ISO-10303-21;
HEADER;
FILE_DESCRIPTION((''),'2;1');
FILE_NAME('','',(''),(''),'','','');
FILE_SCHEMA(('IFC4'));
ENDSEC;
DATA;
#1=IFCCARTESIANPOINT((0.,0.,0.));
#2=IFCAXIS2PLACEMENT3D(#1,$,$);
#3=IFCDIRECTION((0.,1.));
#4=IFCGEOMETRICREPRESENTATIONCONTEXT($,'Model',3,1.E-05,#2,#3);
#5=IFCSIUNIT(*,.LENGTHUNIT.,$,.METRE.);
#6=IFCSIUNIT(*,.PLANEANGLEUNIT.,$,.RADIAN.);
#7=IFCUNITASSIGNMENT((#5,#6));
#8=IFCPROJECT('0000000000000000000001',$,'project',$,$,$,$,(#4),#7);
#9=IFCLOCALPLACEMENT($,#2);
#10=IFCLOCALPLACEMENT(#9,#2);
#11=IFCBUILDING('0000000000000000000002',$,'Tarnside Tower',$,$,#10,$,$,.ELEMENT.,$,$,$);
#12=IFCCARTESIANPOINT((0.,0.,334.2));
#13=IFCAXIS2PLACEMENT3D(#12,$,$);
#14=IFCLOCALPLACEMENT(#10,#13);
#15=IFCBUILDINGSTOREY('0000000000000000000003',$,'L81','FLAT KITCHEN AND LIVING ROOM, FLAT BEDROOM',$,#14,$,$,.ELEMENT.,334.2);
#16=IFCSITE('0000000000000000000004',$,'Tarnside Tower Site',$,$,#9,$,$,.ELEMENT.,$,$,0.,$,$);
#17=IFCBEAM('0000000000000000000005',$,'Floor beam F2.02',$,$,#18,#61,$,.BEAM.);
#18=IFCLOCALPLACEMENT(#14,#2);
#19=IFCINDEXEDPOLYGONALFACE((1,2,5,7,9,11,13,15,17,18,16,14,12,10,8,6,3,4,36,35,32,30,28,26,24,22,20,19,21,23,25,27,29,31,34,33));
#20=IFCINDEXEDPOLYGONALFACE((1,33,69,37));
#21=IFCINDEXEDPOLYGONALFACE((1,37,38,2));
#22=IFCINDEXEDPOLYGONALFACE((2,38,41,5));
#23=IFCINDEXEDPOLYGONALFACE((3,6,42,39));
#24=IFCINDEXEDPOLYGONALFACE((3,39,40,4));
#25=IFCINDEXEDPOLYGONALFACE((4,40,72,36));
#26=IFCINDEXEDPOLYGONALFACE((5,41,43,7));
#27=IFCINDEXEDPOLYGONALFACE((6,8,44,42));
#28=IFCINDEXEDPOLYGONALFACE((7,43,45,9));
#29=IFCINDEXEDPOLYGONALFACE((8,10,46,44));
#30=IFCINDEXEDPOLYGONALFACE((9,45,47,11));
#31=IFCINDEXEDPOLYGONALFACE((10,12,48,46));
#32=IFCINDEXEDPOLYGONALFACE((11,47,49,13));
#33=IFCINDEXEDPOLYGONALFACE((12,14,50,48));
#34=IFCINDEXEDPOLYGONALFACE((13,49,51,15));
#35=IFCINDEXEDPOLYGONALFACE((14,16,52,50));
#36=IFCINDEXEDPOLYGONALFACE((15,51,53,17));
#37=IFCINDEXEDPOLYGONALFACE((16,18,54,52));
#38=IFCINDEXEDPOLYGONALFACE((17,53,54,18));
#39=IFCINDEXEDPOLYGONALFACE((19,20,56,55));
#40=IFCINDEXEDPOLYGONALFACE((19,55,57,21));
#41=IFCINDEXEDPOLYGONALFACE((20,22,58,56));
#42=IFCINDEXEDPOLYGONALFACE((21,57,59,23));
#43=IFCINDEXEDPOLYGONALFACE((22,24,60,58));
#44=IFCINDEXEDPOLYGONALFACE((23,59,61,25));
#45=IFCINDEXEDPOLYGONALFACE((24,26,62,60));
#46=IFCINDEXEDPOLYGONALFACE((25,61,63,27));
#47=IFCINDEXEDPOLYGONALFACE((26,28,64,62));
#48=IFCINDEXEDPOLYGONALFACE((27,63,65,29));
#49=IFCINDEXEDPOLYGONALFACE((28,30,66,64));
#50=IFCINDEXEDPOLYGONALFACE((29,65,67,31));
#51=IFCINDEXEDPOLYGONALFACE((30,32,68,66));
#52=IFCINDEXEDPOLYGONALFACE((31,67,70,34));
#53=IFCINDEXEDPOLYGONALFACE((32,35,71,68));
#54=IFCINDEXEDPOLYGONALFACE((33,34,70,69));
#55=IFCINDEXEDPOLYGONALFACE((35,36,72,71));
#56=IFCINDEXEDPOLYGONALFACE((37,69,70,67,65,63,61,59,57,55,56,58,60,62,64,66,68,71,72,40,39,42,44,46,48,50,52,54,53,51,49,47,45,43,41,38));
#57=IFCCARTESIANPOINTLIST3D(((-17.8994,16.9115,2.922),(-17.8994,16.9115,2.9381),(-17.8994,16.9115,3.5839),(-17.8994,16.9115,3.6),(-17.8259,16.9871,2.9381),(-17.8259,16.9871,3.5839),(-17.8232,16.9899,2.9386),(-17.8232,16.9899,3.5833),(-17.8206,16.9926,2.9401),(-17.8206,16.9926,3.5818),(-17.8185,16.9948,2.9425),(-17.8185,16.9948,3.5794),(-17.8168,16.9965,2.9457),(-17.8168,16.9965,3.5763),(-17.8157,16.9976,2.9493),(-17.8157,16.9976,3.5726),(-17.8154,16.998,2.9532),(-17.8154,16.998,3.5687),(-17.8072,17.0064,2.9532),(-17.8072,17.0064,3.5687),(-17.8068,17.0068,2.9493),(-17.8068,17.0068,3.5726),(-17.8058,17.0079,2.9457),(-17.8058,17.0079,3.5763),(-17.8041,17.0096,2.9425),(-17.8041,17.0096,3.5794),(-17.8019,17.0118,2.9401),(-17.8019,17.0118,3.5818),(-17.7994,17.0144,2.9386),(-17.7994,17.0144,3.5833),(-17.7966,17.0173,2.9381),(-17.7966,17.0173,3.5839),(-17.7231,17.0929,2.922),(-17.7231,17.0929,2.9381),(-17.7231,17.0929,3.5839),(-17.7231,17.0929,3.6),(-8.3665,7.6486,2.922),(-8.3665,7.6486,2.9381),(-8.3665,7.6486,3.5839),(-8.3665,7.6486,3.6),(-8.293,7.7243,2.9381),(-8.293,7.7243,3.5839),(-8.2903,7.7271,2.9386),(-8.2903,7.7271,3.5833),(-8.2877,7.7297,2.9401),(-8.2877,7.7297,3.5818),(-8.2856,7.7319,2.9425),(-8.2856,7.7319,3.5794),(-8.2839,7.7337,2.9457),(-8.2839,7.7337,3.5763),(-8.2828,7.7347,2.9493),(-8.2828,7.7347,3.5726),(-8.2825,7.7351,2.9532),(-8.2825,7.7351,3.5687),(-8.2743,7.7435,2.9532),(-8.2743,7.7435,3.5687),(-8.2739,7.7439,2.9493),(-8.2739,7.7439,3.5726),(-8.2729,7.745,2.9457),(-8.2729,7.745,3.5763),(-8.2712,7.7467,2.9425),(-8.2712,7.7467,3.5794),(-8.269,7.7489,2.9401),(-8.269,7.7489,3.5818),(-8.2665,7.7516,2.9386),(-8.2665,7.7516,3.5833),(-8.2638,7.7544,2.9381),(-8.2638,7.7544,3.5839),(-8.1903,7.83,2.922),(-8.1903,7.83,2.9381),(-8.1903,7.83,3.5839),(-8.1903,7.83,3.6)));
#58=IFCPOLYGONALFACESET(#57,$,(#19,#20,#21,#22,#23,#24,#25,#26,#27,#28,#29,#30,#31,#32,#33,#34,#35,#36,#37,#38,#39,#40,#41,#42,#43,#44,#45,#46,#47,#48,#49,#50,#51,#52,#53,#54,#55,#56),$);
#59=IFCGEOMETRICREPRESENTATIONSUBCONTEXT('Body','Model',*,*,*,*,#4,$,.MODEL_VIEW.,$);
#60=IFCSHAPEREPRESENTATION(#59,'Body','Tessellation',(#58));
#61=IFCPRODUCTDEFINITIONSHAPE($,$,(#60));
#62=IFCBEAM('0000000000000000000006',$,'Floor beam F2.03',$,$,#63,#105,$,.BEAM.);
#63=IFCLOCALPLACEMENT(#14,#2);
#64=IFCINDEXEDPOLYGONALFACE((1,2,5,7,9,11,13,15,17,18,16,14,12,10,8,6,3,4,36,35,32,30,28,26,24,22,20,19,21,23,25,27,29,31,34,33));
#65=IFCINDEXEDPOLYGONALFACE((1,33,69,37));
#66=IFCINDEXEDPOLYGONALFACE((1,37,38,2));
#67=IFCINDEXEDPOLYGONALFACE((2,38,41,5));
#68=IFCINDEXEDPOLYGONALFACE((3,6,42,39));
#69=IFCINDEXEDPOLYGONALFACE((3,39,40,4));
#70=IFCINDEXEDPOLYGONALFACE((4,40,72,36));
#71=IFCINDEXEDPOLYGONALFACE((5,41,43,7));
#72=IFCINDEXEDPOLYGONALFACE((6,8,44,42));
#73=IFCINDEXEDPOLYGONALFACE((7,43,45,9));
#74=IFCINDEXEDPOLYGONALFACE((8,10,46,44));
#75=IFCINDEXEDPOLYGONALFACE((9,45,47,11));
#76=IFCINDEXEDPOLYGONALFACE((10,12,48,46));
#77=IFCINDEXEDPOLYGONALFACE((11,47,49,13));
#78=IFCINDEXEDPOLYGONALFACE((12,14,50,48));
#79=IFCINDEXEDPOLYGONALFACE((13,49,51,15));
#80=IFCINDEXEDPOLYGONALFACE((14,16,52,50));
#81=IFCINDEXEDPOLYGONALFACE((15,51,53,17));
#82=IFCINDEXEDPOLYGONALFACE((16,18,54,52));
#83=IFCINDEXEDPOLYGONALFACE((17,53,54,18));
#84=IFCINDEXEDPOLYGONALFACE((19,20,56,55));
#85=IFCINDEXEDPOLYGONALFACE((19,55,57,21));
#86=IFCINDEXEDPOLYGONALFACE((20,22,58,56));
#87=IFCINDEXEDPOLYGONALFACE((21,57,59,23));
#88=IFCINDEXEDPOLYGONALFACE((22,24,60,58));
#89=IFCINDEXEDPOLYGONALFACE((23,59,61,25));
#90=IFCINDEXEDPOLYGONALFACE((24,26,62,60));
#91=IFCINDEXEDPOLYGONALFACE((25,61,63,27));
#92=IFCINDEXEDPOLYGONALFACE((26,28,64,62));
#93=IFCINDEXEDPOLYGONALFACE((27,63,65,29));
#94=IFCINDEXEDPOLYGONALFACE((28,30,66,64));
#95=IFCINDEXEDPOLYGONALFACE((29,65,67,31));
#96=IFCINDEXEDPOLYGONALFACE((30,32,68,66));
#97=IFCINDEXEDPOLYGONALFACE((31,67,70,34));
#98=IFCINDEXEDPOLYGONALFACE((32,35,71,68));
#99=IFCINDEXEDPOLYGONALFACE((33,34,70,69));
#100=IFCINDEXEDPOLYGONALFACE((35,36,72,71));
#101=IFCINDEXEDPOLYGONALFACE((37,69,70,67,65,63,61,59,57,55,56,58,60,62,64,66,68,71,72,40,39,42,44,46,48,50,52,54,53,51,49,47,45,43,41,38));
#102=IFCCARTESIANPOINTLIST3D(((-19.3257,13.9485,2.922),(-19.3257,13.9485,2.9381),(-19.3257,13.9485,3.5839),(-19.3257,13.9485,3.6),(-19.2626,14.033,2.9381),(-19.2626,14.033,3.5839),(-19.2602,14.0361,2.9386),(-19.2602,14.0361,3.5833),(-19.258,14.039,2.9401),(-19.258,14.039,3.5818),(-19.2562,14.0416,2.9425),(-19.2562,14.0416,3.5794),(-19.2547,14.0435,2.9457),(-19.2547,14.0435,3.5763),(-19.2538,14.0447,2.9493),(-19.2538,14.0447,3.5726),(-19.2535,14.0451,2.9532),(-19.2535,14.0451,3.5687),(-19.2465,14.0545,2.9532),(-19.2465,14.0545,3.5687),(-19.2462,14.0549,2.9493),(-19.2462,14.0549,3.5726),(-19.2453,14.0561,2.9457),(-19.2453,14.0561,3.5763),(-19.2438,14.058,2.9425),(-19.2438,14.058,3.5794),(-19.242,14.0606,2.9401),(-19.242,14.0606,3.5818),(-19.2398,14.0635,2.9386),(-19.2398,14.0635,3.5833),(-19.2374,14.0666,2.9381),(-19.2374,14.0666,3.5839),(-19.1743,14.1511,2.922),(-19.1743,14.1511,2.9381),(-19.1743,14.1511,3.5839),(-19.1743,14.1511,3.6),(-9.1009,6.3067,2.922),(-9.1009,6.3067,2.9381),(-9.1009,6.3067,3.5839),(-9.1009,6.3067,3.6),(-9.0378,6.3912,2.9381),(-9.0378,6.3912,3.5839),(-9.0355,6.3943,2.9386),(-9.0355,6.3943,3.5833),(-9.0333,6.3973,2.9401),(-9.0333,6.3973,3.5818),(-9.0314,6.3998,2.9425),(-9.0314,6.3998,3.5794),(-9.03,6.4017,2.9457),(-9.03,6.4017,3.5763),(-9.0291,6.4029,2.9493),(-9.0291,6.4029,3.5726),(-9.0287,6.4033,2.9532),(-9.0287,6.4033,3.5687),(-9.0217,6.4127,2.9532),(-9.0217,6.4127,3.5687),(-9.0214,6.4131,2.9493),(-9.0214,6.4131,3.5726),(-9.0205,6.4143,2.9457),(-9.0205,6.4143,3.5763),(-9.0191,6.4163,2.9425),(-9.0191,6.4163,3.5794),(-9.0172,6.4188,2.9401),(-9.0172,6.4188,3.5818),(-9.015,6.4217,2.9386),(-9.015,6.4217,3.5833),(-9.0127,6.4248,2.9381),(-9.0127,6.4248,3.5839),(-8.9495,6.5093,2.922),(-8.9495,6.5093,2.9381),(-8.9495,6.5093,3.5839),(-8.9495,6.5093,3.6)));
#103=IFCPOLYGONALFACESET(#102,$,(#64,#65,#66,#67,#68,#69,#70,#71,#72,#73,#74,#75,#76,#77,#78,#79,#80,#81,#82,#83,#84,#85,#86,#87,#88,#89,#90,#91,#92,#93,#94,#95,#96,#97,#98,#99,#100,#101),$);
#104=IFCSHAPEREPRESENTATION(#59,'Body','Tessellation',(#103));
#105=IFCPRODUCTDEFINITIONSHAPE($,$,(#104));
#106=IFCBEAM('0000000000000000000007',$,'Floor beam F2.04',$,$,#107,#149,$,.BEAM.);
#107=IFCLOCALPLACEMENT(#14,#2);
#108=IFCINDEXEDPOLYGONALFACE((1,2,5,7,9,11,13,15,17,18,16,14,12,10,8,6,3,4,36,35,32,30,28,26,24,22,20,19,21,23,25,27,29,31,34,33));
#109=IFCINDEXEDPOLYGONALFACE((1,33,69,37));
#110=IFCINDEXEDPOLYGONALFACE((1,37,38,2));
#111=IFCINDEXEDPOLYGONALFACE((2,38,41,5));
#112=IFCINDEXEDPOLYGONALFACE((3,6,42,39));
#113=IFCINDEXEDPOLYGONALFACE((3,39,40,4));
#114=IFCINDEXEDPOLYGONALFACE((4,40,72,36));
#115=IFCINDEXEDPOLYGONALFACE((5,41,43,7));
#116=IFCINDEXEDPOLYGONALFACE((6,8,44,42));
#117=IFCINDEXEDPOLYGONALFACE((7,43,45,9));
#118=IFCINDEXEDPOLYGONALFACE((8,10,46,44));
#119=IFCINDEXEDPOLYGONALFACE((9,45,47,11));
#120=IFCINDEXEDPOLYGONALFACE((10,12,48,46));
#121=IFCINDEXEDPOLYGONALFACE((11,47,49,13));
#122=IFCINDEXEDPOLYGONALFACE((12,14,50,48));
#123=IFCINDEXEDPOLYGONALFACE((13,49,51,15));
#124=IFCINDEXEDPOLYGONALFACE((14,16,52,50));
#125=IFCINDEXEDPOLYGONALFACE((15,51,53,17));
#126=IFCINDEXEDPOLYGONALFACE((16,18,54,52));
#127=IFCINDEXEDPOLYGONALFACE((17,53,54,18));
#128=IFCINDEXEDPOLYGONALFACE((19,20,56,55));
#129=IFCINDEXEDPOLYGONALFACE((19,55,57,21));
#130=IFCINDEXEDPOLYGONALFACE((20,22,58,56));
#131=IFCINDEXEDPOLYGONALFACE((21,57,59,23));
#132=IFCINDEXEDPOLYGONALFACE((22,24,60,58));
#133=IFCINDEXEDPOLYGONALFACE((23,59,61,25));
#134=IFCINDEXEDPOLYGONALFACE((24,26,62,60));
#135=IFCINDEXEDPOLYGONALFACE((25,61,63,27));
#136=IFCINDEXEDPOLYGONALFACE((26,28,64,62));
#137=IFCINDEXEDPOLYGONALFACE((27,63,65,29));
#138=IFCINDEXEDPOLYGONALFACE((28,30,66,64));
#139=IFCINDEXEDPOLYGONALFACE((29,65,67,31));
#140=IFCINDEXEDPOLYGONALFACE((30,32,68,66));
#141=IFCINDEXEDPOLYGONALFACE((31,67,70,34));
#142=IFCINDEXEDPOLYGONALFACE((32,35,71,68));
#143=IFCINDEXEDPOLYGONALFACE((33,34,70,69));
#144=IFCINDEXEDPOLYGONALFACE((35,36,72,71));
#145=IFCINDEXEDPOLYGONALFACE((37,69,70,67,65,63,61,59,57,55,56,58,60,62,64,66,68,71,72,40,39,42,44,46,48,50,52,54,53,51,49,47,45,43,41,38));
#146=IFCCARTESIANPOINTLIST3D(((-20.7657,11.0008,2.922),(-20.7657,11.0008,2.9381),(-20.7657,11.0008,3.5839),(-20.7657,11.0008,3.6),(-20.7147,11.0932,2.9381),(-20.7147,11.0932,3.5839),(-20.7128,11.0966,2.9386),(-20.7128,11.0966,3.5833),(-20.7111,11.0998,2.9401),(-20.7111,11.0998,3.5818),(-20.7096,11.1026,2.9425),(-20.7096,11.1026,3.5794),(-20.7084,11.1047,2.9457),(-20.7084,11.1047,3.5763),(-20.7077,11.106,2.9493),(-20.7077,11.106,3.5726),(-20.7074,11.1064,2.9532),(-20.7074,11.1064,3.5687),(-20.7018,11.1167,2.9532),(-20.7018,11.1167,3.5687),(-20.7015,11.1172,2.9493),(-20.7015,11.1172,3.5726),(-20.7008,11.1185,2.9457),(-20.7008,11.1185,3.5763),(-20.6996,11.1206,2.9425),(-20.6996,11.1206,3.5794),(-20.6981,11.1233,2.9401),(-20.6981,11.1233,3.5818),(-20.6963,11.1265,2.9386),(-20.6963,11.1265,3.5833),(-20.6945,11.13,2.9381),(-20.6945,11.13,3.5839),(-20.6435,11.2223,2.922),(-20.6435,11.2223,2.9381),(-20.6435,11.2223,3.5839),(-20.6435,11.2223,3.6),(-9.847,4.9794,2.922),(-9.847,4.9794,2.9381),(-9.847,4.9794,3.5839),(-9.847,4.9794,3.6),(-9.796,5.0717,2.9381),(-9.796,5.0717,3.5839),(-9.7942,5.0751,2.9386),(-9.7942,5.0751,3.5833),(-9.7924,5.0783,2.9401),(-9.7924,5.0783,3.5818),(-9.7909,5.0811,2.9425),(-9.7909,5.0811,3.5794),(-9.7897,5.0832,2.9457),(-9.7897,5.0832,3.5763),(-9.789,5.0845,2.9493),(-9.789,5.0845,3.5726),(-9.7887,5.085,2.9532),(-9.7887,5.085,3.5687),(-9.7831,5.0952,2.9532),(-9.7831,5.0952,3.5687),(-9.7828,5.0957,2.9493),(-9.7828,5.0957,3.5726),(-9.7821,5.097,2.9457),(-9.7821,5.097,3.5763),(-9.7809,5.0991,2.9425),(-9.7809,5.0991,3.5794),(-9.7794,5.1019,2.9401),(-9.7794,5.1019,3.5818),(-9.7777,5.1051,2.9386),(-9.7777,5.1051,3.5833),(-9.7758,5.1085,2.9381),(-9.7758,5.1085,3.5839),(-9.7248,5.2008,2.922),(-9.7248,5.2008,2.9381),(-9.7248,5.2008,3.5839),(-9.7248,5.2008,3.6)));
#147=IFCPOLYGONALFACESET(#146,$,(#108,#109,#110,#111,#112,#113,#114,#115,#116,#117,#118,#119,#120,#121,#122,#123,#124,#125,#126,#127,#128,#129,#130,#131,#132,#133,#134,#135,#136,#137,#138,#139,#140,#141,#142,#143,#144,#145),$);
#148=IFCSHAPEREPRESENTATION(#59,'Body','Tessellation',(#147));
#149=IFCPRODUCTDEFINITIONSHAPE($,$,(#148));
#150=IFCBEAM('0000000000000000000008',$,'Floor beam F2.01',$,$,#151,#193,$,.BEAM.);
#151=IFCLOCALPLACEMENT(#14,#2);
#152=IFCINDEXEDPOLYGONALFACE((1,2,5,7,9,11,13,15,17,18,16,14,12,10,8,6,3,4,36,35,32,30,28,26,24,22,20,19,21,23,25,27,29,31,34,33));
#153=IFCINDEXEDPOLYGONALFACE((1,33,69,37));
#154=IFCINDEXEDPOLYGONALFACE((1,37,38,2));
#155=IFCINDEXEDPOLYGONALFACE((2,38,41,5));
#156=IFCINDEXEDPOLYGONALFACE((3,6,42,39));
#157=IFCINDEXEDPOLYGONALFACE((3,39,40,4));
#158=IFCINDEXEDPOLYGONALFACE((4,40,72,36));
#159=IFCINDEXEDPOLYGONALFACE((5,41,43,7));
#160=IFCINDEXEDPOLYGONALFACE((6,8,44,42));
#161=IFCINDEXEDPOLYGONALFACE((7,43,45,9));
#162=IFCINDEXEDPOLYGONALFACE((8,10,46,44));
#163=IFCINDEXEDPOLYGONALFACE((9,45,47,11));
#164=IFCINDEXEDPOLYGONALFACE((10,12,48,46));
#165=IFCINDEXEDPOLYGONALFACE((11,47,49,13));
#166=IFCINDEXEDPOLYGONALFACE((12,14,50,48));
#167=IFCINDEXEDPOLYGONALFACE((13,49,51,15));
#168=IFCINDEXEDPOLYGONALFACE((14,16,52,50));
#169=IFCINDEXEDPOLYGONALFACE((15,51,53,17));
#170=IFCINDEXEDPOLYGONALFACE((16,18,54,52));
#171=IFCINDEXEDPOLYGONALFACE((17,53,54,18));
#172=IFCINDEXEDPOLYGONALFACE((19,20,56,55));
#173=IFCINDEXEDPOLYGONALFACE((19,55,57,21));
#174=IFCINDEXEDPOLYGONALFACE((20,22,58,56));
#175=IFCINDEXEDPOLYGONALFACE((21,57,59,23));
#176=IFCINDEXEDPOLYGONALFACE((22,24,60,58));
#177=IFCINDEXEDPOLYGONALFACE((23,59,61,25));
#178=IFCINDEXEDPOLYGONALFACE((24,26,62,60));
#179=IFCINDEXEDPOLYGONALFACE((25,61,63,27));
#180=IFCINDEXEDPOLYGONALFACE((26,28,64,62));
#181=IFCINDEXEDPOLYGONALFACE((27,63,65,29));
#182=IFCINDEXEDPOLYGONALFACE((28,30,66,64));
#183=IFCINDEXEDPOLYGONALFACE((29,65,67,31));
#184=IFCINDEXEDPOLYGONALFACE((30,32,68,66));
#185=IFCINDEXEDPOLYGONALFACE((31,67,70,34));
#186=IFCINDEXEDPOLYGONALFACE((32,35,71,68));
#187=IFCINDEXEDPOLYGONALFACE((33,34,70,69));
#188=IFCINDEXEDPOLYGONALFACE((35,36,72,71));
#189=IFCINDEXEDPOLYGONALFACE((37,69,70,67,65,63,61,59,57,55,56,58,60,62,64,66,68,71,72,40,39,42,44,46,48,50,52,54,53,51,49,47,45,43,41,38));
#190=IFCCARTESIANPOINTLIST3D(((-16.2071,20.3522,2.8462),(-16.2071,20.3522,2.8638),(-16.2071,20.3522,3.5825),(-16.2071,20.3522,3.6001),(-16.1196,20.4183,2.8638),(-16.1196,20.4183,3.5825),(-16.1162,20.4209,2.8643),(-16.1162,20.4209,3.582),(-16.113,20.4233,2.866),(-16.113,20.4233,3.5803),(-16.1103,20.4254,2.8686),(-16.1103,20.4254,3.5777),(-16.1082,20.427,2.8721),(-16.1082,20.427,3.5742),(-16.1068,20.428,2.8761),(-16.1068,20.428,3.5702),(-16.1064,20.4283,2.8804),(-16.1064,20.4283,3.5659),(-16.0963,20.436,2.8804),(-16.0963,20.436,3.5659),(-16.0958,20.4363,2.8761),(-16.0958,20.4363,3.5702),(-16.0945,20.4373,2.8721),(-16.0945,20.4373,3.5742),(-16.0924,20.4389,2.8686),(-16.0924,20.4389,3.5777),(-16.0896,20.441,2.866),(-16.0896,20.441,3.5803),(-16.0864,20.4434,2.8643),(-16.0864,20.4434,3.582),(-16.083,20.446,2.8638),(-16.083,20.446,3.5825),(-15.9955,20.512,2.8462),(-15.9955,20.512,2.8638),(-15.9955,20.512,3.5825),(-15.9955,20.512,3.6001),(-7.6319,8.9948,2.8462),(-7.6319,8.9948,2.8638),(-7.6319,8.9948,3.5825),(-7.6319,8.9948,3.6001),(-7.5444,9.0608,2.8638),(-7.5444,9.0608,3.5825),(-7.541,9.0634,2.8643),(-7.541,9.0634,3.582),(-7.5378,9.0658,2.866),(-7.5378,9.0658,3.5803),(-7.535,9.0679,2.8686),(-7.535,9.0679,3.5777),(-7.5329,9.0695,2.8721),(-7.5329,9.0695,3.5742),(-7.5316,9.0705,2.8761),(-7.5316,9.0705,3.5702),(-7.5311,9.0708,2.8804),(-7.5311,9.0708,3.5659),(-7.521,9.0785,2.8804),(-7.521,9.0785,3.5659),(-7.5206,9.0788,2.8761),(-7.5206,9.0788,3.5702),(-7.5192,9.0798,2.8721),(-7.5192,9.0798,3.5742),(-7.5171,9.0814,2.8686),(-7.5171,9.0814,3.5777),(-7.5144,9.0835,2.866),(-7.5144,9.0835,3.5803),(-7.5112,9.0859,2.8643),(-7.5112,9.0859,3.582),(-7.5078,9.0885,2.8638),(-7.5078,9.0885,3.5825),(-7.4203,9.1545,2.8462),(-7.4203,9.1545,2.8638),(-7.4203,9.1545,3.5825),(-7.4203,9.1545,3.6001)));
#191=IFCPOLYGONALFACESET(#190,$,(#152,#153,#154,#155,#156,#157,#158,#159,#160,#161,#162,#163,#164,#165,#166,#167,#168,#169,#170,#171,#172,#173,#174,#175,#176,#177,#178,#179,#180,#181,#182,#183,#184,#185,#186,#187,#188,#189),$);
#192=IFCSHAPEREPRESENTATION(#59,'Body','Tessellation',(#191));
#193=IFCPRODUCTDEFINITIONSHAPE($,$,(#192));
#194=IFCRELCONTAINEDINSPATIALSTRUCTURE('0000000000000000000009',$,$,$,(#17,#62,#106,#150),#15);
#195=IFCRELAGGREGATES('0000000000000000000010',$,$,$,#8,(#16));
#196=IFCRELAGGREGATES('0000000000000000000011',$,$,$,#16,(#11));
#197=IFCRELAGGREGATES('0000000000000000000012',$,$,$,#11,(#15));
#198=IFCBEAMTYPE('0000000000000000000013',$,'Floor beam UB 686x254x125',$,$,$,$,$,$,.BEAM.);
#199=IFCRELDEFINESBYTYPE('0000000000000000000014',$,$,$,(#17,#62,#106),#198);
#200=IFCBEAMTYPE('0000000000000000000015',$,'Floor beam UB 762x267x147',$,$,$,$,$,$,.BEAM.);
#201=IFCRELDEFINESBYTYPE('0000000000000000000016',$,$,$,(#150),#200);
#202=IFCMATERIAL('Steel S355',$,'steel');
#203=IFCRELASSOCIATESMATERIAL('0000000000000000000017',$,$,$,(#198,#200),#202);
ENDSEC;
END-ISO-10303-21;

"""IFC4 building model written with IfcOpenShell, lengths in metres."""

from ifc_helpers import new_model, si_unit, direction, frame, origin, origin_2d, place, context, subcontext, project, spatial, i_section, extrude, material, material_profile, profile_set, type_object, element, save


model = new_model("IFC4")

# Units and contexts
model_context = context("Model", 3, precision=1e-05, world=origin(), true_north=direction((0.0, 1.0)))
body_context = subcontext(model_context, "Body", "Model", "MODEL_VIEW")
ifc_project = project(units=[si_unit("LENGTHUNIT", "METRE"), si_unit("PLANEANGLEUNIT", "RADIAN")], contexts=[model_context])

# Site, building, storey
site_placement = place(None, origin())
site = spatial("IfcSite", under=ifc_project, at=site_placement, Name="Tarnside Tower Site", CompositionType="ELEMENT", RefElevation=0.0)
building_placement = place(site_placement, origin())
building = spatial("IfcBuilding", under=site, at=building_placement, Name="Tarnside Tower", CompositionType="ELEMENT")
storey_placement = place(building_placement, frame((0.0, 0.0, 334.2)))
storey = spatial("IfcBuildingStorey", under=building, at=storey_placement, Name="L81", Description="FLAT KITCHEN AND LIVING ROOM, FLAT BEDROOM", CompositionType="ELEMENT", Elevation=334.2)

# Beams
ifc_material_1 = material(Name="Steel S355", Category="steel")
ifc_material_profile_1 = material_profile(ifc_material_1, i_section(OverallWidth=0.2529, OverallDepth=0.678, WebThickness=0.0117, FlangeThickness=0.0161, FilletRadius=0.0151, at=origin_2d()), Name="UB 686x254x125")
ifc_profile_set_1 = profile_set([ifc_material_profile_1], Name="Steel S355")
beam_type_1 = type_object("IfcBeamType", Name="Floor beam UB 686x254x125", PredefinedType="BEAM", material=ifc_profile_set_1)
beam_1_placement = place(storey_placement, frame((-17.8113, 17.0022, 3.261), z_axis=(0.717191, -0.696877, 0.0), x_axis=(0.696877, 0.717191, 0.0)))
element("IfcBeam", 1, at=beam_1_placement, inside=storey, type_object=beam_type_1, Name="Floor beam F2.02", PredefinedType="BEAM", context=body_context, shape_type="SweptSolid", body=[
    extrude(i_section(OverallWidth=0.2529, OverallDepth=0.678, WebThickness=0.0117, FlangeThickness=0.0161, FilletRadius=0.0151, at=origin_2d()), origin(), (0.0, 0.0, 1.0), 13.292),
])
beam_2_placement = place(storey_placement, frame((-19.25, 14.0498, 3.261), z_axis=(0.801006, -0.598656, 0.0), x_axis=(0.598656, 0.801006, 0.0)))
element("IfcBeam", 2, at=beam_2_placement, inside=storey, type_object=beam_type_1, Name="Floor beam F2.03", PredefinedType="BEAM", context=body_context, shape_type="SweptSolid", body=[
    extrude(i_section(OverallWidth=0.2529, OverallDepth=0.678, WebThickness=0.0117, FlangeThickness=0.0161, FilletRadius=0.0151, at=origin_2d()), origin(), (0.0, 0.0, 1.0), 12.7649),
])
beam_3_placement = place(storey_placement, frame((-20.7046, 11.1116, 3.261), z_axis=(0.875667, -0.482916, 0.0), x_axis=(0.482916, 0.875667, 0.0)))
element("IfcBeam", 3, at=beam_3_placement, inside=storey, type_object=beam_type_1, Name="Floor beam F2.04", PredefinedType="BEAM", context=body_context, shape_type="SweptSolid", body=[
    extrude(i_section(OverallWidth=0.2529, OverallDepth=0.678, WebThickness=0.0117, FlangeThickness=0.0161, FilletRadius=0.0151, at=origin_2d()), origin(), (0.0, 0.0, 1.0), 12.469),
])
ifc_material_profile_2 = material_profile(ifc_material_1, i_section(OverallWidth=0.2651, OverallDepth=0.7539, WebThickness=0.0127, FlangeThickness=0.0176, FilletRadius=0.0166, at=origin_2d()), Name="UB 762x267x147")
ifc_profile_set_2 = profile_set([ifc_material_profile_2], Name="Steel S355")
beam_type_2 = type_object("IfcBeamType", Name="Floor beam UB 762x267x147", PredefinedType="BEAM", material=ifc_profile_set_2)
beam_4_placement = place(storey_placement, frame((-16.1013, 20.4321, 3.2231), z_axis=(0.602566, -0.798069, 0.0), x_axis=(0.798069, 0.602566, 0.0)))
element("IfcBeam", 4, at=beam_4_placement, inside=storey, type_object=beam_type_2, Name="Floor beam F2.01", PredefinedType="BEAM", context=body_context, shape_type="SweptSolid", body=[
    extrude(i_section(OverallWidth=0.2651, OverallDepth=0.7539, WebThickness=0.0127, FlangeThickness=0.0176, FilletRadius=0.0166, at=origin_2d()), origin(), (0.0, 0.0, 1.0), 14.2312),
])

save(model, "model.ifc")
